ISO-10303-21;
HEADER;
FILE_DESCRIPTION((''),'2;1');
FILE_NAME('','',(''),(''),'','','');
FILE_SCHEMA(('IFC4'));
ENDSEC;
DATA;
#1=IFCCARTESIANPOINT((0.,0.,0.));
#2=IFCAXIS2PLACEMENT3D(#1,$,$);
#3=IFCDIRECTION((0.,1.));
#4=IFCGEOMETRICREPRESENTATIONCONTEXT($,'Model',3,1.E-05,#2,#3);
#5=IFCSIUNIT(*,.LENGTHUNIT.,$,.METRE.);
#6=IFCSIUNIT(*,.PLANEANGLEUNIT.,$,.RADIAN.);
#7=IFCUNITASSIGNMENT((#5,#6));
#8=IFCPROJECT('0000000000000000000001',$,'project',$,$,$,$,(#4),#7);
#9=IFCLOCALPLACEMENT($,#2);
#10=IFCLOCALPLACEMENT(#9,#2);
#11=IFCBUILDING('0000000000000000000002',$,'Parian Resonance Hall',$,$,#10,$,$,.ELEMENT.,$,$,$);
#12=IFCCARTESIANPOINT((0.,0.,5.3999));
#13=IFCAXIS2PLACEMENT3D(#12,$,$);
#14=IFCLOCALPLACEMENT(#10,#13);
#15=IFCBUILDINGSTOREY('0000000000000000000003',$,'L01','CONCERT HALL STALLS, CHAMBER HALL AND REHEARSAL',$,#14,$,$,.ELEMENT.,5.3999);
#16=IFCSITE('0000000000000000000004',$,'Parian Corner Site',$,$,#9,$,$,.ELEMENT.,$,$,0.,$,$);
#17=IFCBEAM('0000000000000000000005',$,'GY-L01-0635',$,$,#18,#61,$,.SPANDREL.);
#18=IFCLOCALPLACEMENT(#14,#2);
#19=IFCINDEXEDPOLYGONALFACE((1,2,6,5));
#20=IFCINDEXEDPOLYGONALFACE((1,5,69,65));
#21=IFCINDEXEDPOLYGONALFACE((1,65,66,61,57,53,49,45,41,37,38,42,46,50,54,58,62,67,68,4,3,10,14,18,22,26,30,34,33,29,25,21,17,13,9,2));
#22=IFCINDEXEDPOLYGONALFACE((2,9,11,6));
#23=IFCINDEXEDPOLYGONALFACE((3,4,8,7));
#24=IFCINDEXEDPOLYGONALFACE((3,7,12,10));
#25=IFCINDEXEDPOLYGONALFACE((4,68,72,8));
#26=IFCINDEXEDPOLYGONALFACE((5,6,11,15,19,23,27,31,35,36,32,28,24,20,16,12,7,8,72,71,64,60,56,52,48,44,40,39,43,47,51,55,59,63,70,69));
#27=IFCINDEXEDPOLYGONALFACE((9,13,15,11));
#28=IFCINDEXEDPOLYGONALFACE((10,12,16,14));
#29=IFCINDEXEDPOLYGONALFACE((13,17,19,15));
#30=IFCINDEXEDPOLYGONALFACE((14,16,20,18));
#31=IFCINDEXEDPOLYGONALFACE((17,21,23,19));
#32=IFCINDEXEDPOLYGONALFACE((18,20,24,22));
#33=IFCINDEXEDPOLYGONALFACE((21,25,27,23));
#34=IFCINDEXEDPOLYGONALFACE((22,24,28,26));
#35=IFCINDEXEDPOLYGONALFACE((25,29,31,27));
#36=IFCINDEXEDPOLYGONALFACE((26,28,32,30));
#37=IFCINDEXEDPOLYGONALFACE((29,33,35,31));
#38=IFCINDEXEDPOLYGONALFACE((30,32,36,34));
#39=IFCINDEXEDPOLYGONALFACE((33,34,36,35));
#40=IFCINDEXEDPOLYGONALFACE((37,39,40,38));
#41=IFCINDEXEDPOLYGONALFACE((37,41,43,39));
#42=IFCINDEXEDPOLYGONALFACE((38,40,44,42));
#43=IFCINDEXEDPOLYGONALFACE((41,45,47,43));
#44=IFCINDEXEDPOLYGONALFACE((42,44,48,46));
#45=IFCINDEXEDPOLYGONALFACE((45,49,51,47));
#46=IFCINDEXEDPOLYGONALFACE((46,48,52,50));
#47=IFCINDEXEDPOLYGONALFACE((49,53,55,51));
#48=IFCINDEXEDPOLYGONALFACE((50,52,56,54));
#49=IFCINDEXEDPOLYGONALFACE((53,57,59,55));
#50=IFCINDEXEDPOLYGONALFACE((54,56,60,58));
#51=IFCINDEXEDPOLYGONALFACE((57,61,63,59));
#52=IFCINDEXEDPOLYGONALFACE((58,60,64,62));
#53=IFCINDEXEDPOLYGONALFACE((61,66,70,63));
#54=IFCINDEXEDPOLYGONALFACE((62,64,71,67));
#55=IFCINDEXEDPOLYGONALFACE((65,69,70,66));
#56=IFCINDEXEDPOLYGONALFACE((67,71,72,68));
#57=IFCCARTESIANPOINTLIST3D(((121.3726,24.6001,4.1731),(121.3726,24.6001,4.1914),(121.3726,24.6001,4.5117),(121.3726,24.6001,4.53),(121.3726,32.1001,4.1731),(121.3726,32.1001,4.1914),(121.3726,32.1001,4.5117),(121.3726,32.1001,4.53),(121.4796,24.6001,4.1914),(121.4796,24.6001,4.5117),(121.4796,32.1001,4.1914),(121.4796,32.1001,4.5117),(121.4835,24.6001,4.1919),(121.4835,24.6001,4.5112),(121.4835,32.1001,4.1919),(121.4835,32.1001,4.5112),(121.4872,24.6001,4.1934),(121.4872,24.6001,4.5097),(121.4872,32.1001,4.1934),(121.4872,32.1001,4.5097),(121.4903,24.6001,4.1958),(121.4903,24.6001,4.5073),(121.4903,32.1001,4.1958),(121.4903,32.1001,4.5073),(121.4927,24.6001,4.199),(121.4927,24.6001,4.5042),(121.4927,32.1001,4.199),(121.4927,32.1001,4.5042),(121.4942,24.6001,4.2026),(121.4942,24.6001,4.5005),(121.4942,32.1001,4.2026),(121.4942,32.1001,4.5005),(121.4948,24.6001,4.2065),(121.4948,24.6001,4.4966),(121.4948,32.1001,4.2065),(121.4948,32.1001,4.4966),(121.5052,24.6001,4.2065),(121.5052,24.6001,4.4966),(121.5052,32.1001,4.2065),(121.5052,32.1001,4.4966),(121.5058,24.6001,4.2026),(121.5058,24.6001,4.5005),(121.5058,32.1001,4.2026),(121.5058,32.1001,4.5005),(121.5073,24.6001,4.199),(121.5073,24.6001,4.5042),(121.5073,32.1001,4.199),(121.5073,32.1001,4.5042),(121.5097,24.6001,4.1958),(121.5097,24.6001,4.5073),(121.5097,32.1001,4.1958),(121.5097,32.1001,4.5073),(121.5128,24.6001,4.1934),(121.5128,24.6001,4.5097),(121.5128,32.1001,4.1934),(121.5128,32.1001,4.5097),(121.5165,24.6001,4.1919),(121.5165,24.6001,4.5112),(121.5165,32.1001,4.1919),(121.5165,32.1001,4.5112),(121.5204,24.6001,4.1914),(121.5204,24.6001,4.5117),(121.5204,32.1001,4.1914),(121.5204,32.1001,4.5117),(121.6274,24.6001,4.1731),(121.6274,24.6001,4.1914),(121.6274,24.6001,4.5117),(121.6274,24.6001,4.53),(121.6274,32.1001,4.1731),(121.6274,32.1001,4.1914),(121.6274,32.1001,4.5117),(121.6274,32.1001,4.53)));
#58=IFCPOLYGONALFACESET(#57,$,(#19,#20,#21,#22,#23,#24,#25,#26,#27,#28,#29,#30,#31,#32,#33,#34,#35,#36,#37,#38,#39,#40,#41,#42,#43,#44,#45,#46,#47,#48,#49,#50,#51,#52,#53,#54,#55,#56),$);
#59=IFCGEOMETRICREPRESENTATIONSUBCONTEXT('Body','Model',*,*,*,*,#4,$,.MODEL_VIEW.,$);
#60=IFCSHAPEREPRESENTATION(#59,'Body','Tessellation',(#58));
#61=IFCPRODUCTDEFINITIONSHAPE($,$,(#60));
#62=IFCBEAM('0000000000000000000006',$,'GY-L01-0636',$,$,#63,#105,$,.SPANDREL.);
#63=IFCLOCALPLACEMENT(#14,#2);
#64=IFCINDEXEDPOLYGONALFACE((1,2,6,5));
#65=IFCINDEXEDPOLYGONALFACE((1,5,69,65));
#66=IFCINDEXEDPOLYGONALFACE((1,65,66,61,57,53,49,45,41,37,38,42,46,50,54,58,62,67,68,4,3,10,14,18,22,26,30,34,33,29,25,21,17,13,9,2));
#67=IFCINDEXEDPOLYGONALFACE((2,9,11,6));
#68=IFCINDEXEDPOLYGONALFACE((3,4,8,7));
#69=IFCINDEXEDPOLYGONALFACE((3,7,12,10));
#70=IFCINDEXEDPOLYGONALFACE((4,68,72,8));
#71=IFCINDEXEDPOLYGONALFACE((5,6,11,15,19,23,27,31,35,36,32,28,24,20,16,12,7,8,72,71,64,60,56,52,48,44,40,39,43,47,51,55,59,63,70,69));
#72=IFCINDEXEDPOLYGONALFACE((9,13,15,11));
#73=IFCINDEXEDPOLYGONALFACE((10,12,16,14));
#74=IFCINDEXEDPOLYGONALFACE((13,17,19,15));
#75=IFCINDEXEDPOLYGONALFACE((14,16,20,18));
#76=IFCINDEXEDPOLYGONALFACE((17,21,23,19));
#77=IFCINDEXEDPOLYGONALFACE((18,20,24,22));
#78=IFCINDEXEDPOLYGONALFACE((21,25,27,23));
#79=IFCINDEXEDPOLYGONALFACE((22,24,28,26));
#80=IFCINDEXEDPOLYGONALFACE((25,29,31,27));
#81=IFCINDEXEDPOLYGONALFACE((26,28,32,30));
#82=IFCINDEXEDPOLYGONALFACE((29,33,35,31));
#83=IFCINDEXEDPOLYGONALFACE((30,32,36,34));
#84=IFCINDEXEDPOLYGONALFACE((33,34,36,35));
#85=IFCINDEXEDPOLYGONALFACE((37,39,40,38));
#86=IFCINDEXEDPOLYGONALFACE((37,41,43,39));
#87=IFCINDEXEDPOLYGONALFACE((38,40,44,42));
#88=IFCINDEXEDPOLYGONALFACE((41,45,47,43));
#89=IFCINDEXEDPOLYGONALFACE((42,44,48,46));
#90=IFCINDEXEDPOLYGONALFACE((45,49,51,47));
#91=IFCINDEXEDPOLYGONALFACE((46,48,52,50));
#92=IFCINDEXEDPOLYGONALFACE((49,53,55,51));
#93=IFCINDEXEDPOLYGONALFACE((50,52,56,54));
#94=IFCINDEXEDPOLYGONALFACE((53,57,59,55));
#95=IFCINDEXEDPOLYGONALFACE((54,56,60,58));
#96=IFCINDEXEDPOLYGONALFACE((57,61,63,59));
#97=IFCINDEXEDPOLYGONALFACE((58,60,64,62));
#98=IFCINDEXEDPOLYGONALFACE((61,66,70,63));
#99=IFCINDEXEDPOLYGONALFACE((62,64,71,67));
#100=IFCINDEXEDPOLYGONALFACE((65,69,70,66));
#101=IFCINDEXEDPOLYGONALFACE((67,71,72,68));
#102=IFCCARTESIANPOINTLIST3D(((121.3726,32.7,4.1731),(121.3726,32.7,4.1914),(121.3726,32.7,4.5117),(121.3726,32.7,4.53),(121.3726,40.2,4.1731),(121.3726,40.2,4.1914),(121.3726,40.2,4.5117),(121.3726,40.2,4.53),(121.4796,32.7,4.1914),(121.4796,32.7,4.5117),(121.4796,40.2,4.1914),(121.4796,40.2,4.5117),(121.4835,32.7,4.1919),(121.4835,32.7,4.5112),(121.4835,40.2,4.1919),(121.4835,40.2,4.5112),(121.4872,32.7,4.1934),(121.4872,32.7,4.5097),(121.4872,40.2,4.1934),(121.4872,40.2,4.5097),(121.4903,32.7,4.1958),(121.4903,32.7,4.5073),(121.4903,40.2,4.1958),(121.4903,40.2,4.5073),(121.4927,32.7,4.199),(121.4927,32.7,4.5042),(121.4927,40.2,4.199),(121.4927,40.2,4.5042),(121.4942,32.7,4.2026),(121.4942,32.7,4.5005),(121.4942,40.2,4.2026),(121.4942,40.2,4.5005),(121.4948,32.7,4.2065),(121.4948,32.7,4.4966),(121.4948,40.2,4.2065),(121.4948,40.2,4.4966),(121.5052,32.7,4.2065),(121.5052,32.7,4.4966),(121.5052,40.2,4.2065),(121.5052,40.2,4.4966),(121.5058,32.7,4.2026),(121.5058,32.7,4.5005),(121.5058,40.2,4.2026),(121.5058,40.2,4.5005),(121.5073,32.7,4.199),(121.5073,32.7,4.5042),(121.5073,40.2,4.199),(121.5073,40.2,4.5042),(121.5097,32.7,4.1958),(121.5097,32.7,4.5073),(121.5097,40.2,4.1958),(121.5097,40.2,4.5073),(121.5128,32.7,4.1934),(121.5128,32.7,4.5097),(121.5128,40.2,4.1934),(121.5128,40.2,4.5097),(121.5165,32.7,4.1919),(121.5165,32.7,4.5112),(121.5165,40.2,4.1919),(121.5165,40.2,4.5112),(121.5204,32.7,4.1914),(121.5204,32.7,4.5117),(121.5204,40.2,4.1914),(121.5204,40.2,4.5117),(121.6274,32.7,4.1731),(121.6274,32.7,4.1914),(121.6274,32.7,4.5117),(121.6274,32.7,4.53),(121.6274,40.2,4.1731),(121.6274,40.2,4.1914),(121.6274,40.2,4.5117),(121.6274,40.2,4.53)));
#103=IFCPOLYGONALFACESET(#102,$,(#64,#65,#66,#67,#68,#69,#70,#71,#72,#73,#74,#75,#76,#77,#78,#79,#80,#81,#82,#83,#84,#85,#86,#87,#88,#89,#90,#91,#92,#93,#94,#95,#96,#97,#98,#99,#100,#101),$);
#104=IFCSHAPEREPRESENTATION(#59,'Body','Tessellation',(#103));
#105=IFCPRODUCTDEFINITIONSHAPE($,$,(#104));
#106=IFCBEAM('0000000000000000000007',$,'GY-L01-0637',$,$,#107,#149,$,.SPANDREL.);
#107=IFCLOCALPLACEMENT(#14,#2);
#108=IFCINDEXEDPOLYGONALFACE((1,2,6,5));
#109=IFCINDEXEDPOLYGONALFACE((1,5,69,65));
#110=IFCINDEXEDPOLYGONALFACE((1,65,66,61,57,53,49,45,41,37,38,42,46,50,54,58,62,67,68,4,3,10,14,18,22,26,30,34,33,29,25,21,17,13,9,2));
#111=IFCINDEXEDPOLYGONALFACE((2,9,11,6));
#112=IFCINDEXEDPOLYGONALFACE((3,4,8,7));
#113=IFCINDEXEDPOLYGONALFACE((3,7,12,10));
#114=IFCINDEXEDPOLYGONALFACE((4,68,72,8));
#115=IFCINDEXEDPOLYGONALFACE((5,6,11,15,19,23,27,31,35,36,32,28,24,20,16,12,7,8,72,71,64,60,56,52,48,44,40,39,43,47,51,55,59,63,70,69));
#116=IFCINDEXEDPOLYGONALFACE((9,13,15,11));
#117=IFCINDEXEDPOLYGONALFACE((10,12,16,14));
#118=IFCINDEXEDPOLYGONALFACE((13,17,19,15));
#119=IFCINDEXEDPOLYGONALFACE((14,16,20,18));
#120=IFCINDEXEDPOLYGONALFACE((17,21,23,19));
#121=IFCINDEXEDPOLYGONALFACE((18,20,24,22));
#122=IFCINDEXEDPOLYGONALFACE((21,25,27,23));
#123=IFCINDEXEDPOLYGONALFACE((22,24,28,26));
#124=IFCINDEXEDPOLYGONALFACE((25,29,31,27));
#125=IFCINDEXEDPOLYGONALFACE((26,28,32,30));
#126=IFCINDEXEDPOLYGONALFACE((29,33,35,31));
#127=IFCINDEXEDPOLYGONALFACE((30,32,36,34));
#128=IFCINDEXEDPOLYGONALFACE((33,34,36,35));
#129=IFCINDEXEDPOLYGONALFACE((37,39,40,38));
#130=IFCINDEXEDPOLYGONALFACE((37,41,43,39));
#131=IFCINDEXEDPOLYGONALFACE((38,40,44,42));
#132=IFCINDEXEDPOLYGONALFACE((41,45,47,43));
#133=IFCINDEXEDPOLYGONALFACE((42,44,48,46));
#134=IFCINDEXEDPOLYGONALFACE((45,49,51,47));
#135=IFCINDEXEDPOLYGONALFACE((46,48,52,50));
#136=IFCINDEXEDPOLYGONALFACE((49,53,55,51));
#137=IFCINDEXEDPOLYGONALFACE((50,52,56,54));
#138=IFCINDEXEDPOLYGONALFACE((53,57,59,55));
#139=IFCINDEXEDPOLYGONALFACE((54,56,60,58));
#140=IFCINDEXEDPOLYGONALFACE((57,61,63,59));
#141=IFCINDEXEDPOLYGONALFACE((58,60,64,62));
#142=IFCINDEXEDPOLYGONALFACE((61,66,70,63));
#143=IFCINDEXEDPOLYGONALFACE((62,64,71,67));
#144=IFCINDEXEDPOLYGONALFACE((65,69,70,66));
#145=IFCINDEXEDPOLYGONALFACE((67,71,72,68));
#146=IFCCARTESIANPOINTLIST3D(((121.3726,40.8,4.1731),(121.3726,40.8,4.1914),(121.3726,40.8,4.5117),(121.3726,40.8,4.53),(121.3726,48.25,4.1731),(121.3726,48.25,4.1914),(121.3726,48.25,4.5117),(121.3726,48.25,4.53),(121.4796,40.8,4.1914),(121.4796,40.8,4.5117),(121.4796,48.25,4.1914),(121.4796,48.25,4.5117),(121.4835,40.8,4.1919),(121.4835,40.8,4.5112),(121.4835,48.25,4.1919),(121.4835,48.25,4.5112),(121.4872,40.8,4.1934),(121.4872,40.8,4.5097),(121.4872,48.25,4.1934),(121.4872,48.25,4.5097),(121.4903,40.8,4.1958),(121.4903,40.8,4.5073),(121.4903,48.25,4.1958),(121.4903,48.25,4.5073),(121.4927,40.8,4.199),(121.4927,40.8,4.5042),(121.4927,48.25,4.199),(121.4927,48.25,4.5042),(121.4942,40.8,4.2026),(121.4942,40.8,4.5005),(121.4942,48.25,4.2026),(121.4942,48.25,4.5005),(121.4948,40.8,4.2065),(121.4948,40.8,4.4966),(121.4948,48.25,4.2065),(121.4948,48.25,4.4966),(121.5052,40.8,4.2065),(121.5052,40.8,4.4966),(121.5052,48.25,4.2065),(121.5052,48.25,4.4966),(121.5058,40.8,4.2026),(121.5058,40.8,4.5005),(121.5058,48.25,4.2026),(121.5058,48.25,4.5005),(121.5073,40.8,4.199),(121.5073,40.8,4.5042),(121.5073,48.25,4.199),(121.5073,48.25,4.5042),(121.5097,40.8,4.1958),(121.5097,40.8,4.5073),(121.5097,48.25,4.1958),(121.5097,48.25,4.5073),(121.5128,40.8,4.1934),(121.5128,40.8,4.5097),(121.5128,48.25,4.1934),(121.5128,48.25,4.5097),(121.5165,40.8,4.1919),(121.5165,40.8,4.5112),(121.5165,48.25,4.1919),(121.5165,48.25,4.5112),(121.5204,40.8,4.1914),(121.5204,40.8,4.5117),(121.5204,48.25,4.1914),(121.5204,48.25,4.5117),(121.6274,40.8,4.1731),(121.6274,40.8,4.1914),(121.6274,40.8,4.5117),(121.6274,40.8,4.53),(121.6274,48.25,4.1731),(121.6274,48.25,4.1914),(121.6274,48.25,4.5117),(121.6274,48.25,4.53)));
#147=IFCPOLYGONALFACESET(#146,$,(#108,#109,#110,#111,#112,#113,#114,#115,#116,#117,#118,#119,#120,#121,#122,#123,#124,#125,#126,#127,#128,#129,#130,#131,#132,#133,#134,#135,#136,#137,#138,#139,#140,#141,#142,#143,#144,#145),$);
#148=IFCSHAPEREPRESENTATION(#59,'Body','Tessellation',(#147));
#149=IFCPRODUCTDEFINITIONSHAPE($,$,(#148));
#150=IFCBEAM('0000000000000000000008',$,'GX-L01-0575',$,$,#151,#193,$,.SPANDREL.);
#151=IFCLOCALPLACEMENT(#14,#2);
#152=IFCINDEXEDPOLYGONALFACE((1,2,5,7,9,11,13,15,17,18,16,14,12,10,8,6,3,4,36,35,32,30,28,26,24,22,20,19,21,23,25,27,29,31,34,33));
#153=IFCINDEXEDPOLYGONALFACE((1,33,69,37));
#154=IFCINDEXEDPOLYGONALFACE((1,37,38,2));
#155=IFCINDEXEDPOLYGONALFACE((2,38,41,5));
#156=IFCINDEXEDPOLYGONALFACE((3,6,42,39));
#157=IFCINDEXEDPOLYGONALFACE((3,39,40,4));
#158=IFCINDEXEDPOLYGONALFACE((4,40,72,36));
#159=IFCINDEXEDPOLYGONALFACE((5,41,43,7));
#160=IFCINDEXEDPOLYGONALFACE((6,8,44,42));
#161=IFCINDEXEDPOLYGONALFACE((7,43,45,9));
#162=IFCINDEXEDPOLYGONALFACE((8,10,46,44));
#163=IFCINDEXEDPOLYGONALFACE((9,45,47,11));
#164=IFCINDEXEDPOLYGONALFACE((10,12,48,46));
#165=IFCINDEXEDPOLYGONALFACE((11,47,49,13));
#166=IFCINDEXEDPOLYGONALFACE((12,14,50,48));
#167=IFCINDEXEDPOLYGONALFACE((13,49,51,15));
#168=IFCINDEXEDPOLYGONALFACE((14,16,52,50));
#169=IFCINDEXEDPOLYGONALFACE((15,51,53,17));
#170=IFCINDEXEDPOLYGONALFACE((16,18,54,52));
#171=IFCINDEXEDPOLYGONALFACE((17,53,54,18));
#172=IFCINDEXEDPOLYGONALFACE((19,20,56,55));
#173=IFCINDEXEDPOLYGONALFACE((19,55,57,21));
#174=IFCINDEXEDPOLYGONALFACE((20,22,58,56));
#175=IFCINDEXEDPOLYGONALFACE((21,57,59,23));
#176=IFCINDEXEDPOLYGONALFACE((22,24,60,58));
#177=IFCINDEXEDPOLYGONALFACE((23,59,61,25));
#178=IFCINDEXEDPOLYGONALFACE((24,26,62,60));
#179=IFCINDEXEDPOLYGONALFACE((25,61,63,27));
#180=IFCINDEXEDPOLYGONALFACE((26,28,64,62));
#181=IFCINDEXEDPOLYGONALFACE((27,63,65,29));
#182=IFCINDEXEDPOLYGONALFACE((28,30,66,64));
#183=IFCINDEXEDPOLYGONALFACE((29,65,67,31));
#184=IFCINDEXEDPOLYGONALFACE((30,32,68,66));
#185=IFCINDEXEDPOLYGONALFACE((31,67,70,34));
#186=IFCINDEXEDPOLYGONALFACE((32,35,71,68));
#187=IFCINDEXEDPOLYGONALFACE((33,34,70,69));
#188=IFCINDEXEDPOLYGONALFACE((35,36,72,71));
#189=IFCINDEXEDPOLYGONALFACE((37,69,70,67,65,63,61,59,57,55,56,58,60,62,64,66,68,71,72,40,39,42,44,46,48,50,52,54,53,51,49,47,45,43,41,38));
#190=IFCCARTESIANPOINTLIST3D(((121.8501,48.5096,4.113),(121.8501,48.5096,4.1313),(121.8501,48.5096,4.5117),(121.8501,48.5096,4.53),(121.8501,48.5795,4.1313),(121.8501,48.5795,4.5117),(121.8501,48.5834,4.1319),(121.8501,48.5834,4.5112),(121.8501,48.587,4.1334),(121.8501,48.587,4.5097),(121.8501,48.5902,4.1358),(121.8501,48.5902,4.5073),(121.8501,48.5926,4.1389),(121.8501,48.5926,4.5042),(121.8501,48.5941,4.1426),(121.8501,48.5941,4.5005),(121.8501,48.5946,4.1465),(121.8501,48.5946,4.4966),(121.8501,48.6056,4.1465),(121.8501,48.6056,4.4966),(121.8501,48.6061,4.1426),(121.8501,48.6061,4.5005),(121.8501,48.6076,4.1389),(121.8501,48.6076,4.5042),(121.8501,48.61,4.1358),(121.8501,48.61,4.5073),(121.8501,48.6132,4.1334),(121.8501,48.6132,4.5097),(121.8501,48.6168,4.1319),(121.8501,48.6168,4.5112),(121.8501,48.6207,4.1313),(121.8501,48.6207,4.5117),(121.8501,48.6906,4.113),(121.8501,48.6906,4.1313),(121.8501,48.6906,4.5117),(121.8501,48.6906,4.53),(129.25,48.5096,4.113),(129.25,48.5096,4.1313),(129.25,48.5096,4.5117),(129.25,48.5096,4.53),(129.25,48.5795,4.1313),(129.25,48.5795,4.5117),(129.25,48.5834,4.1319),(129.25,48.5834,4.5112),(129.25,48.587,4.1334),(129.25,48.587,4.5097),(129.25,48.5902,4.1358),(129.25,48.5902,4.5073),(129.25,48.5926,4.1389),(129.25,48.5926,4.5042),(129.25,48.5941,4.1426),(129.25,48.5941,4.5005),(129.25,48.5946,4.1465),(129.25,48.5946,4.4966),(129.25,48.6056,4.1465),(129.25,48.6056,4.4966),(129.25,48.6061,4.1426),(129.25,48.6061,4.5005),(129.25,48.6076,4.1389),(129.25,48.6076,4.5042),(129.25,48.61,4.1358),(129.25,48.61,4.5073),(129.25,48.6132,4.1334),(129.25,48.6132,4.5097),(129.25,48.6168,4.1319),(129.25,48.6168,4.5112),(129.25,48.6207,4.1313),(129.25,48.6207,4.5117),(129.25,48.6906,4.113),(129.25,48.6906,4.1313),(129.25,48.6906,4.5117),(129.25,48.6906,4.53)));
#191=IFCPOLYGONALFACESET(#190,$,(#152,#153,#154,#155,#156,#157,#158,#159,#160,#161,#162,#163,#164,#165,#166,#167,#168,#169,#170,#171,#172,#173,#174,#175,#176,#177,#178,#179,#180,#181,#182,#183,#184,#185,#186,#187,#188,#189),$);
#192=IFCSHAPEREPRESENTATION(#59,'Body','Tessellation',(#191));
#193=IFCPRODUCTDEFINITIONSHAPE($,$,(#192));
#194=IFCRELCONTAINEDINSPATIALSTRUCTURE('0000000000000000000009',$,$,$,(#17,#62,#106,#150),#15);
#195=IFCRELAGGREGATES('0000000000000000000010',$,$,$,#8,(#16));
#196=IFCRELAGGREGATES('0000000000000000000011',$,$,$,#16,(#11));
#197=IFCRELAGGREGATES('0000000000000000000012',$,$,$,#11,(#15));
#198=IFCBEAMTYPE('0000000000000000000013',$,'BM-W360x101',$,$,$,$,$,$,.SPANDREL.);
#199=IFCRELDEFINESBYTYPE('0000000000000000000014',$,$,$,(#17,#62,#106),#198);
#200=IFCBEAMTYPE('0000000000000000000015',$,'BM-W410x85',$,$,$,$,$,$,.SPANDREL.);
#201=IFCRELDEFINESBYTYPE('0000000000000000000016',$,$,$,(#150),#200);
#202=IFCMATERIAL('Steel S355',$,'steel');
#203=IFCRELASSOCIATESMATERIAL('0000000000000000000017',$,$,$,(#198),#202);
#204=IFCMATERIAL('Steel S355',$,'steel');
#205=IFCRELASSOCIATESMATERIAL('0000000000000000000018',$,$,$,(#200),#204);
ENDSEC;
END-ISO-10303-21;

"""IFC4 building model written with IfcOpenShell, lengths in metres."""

from ifc_helpers import new_model, si_unit, direction, frame, origin, origin_2d, place, context, subcontext, project, spatial, i_section, extrude, material, material_profile, profile_set, type_object, element, save


model = new_model("IFC4")

# Units and contexts
model_context = context("Model", 3, precision=1e-05, world=origin(), true_north=direction((0.0, 1.0)))
body_context = subcontext(model_context, "Body", "Model", "MODEL_VIEW")
ifc_project = project(units=[si_unit("LENGTHUNIT", "METRE"), si_unit("PLANEANGLEUNIT", "RADIAN")], contexts=[model_context])

# Site, building, storey
site_placement = place(None, origin())
site = spatial("IfcSite", under=ifc_project, at=site_placement, Name="Parian Corner Site", CompositionType="ELEMENT", RefElevation=0.0)
building_placement = place(site_placement, origin())
building = spatial("IfcBuilding", under=site, at=building_placement, Name="Parian Resonance Hall", CompositionType="ELEMENT")
storey_placement = place(building_placement, frame((0.0, 0.0, 5.3999)))
storey = spatial("IfcBuildingStorey", under=building, at=storey_placement, Name="L01", Description="CONCERT HALL STALLS, CHAMBER HALL AND REHEARSAL", CompositionType="ELEMENT", Elevation=5.3999)

# Beams
ifc_material_1 = material(Name="Steel S355", Category="steel")
ifc_material_profile_1 = material_profile(ifc_material_1, i_section(OverallWidth=0.2549, OverallDepth=0.3569, WebThickness=0.0105, FlangeThickness=0.0183, FilletRadius=0.0151, at=origin_2d()), Name="W360x101")
ifc_profile_set_1 = profile_set([ifc_material_profile_1], Name="Steel S355")
beam_type_1 = type_object("IfcBeamType", Name="BM-W360x101", PredefinedType="SPANDREL", material=ifc_profile_set_1)
for number, where, z_axis, x_axis, name in (
    (1, (121.5, 24.6001, 4.3516), (0.0, 1.0, 0.0), (-1.0, 0.0, 0.0), "GY-L01-0635"),
    (2, (121.5, 32.7, 4.3516), (0.0, 1.0, 0.0), (-1.0, 0.0, 0.0), "GY-L01-0636"),
):
    element("IfcBeam", number, at=place(storey_placement, frame(where, z_axis=z_axis, x_axis=x_axis)), inside=storey, type_object=beam_type_1, Name=name, PredefinedType="SPANDREL", context=body_context, shape_type="SweptSolid", body=[
        extrude(i_section(OverallWidth=0.2549, OverallDepth=0.3569, WebThickness=0.0105, FlangeThickness=0.0183, FilletRadius=0.0151, at=origin_2d()), origin(), (0.0, 0.0, 1.0), 7.5),
    ])
beam_1_placement = place(storey_placement, frame((121.5, 40.8, 4.3516), z_axis=(0.0, 1.0, 0.0), x_axis=(-1.0, 0.0, 0.0)))
element("IfcBeam", 3, at=beam_1_placement, inside=storey, type_object=beam_type_1, Name="GY-L01-0637", PredefinedType="SPANDREL", context=body_context, shape_type="SweptSolid", body=[
    extrude(i_section(OverallWidth=0.2549, OverallDepth=0.3569, WebThickness=0.0105, FlangeThickness=0.0183, FilletRadius=0.0151, at=origin_2d()), origin(), (0.0, 0.0, 1.0), 7.45),
])
ifc_material_2 = material(Name="Steel S355", Category="steel")
ifc_material_profile_2 = material_profile(ifc_material_2, i_section(OverallWidth=0.1809, OverallDepth=0.417, WebThickness=0.011, FlangeThickness=0.0183, FilletRadius=0.0151, at=origin_2d()), Name="W410x85")
ifc_profile_set_2 = profile_set([ifc_material_profile_2], Name="Steel S355")
beam_type_2 = type_object("IfcBeamType", Name="BM-W410x85", PredefinedType="SPANDREL", material=ifc_profile_set_2)
beam_2_placement = place(storey_placement, frame((121.8501, 48.6001, 4.3215), z_axis=(1.0, 0.0, 0.0), x_axis=(0.0, 1.0, 0.0)))
element("IfcBeam", 4, at=beam_2_placement, inside=storey, type_object=beam_type_2, Name="GX-L01-0575", PredefinedType="SPANDREL", context=body_context, shape_type="SweptSolid", body=[
    extrude(i_section(OverallWidth=0.1809, OverallDepth=0.417, WebThickness=0.011, FlangeThickness=0.0183, FilletRadius=0.0151, at=origin_2d()), origin(), (0.0, 0.0, 1.0), 7.3999),
])

save(model, "model.ifc")
